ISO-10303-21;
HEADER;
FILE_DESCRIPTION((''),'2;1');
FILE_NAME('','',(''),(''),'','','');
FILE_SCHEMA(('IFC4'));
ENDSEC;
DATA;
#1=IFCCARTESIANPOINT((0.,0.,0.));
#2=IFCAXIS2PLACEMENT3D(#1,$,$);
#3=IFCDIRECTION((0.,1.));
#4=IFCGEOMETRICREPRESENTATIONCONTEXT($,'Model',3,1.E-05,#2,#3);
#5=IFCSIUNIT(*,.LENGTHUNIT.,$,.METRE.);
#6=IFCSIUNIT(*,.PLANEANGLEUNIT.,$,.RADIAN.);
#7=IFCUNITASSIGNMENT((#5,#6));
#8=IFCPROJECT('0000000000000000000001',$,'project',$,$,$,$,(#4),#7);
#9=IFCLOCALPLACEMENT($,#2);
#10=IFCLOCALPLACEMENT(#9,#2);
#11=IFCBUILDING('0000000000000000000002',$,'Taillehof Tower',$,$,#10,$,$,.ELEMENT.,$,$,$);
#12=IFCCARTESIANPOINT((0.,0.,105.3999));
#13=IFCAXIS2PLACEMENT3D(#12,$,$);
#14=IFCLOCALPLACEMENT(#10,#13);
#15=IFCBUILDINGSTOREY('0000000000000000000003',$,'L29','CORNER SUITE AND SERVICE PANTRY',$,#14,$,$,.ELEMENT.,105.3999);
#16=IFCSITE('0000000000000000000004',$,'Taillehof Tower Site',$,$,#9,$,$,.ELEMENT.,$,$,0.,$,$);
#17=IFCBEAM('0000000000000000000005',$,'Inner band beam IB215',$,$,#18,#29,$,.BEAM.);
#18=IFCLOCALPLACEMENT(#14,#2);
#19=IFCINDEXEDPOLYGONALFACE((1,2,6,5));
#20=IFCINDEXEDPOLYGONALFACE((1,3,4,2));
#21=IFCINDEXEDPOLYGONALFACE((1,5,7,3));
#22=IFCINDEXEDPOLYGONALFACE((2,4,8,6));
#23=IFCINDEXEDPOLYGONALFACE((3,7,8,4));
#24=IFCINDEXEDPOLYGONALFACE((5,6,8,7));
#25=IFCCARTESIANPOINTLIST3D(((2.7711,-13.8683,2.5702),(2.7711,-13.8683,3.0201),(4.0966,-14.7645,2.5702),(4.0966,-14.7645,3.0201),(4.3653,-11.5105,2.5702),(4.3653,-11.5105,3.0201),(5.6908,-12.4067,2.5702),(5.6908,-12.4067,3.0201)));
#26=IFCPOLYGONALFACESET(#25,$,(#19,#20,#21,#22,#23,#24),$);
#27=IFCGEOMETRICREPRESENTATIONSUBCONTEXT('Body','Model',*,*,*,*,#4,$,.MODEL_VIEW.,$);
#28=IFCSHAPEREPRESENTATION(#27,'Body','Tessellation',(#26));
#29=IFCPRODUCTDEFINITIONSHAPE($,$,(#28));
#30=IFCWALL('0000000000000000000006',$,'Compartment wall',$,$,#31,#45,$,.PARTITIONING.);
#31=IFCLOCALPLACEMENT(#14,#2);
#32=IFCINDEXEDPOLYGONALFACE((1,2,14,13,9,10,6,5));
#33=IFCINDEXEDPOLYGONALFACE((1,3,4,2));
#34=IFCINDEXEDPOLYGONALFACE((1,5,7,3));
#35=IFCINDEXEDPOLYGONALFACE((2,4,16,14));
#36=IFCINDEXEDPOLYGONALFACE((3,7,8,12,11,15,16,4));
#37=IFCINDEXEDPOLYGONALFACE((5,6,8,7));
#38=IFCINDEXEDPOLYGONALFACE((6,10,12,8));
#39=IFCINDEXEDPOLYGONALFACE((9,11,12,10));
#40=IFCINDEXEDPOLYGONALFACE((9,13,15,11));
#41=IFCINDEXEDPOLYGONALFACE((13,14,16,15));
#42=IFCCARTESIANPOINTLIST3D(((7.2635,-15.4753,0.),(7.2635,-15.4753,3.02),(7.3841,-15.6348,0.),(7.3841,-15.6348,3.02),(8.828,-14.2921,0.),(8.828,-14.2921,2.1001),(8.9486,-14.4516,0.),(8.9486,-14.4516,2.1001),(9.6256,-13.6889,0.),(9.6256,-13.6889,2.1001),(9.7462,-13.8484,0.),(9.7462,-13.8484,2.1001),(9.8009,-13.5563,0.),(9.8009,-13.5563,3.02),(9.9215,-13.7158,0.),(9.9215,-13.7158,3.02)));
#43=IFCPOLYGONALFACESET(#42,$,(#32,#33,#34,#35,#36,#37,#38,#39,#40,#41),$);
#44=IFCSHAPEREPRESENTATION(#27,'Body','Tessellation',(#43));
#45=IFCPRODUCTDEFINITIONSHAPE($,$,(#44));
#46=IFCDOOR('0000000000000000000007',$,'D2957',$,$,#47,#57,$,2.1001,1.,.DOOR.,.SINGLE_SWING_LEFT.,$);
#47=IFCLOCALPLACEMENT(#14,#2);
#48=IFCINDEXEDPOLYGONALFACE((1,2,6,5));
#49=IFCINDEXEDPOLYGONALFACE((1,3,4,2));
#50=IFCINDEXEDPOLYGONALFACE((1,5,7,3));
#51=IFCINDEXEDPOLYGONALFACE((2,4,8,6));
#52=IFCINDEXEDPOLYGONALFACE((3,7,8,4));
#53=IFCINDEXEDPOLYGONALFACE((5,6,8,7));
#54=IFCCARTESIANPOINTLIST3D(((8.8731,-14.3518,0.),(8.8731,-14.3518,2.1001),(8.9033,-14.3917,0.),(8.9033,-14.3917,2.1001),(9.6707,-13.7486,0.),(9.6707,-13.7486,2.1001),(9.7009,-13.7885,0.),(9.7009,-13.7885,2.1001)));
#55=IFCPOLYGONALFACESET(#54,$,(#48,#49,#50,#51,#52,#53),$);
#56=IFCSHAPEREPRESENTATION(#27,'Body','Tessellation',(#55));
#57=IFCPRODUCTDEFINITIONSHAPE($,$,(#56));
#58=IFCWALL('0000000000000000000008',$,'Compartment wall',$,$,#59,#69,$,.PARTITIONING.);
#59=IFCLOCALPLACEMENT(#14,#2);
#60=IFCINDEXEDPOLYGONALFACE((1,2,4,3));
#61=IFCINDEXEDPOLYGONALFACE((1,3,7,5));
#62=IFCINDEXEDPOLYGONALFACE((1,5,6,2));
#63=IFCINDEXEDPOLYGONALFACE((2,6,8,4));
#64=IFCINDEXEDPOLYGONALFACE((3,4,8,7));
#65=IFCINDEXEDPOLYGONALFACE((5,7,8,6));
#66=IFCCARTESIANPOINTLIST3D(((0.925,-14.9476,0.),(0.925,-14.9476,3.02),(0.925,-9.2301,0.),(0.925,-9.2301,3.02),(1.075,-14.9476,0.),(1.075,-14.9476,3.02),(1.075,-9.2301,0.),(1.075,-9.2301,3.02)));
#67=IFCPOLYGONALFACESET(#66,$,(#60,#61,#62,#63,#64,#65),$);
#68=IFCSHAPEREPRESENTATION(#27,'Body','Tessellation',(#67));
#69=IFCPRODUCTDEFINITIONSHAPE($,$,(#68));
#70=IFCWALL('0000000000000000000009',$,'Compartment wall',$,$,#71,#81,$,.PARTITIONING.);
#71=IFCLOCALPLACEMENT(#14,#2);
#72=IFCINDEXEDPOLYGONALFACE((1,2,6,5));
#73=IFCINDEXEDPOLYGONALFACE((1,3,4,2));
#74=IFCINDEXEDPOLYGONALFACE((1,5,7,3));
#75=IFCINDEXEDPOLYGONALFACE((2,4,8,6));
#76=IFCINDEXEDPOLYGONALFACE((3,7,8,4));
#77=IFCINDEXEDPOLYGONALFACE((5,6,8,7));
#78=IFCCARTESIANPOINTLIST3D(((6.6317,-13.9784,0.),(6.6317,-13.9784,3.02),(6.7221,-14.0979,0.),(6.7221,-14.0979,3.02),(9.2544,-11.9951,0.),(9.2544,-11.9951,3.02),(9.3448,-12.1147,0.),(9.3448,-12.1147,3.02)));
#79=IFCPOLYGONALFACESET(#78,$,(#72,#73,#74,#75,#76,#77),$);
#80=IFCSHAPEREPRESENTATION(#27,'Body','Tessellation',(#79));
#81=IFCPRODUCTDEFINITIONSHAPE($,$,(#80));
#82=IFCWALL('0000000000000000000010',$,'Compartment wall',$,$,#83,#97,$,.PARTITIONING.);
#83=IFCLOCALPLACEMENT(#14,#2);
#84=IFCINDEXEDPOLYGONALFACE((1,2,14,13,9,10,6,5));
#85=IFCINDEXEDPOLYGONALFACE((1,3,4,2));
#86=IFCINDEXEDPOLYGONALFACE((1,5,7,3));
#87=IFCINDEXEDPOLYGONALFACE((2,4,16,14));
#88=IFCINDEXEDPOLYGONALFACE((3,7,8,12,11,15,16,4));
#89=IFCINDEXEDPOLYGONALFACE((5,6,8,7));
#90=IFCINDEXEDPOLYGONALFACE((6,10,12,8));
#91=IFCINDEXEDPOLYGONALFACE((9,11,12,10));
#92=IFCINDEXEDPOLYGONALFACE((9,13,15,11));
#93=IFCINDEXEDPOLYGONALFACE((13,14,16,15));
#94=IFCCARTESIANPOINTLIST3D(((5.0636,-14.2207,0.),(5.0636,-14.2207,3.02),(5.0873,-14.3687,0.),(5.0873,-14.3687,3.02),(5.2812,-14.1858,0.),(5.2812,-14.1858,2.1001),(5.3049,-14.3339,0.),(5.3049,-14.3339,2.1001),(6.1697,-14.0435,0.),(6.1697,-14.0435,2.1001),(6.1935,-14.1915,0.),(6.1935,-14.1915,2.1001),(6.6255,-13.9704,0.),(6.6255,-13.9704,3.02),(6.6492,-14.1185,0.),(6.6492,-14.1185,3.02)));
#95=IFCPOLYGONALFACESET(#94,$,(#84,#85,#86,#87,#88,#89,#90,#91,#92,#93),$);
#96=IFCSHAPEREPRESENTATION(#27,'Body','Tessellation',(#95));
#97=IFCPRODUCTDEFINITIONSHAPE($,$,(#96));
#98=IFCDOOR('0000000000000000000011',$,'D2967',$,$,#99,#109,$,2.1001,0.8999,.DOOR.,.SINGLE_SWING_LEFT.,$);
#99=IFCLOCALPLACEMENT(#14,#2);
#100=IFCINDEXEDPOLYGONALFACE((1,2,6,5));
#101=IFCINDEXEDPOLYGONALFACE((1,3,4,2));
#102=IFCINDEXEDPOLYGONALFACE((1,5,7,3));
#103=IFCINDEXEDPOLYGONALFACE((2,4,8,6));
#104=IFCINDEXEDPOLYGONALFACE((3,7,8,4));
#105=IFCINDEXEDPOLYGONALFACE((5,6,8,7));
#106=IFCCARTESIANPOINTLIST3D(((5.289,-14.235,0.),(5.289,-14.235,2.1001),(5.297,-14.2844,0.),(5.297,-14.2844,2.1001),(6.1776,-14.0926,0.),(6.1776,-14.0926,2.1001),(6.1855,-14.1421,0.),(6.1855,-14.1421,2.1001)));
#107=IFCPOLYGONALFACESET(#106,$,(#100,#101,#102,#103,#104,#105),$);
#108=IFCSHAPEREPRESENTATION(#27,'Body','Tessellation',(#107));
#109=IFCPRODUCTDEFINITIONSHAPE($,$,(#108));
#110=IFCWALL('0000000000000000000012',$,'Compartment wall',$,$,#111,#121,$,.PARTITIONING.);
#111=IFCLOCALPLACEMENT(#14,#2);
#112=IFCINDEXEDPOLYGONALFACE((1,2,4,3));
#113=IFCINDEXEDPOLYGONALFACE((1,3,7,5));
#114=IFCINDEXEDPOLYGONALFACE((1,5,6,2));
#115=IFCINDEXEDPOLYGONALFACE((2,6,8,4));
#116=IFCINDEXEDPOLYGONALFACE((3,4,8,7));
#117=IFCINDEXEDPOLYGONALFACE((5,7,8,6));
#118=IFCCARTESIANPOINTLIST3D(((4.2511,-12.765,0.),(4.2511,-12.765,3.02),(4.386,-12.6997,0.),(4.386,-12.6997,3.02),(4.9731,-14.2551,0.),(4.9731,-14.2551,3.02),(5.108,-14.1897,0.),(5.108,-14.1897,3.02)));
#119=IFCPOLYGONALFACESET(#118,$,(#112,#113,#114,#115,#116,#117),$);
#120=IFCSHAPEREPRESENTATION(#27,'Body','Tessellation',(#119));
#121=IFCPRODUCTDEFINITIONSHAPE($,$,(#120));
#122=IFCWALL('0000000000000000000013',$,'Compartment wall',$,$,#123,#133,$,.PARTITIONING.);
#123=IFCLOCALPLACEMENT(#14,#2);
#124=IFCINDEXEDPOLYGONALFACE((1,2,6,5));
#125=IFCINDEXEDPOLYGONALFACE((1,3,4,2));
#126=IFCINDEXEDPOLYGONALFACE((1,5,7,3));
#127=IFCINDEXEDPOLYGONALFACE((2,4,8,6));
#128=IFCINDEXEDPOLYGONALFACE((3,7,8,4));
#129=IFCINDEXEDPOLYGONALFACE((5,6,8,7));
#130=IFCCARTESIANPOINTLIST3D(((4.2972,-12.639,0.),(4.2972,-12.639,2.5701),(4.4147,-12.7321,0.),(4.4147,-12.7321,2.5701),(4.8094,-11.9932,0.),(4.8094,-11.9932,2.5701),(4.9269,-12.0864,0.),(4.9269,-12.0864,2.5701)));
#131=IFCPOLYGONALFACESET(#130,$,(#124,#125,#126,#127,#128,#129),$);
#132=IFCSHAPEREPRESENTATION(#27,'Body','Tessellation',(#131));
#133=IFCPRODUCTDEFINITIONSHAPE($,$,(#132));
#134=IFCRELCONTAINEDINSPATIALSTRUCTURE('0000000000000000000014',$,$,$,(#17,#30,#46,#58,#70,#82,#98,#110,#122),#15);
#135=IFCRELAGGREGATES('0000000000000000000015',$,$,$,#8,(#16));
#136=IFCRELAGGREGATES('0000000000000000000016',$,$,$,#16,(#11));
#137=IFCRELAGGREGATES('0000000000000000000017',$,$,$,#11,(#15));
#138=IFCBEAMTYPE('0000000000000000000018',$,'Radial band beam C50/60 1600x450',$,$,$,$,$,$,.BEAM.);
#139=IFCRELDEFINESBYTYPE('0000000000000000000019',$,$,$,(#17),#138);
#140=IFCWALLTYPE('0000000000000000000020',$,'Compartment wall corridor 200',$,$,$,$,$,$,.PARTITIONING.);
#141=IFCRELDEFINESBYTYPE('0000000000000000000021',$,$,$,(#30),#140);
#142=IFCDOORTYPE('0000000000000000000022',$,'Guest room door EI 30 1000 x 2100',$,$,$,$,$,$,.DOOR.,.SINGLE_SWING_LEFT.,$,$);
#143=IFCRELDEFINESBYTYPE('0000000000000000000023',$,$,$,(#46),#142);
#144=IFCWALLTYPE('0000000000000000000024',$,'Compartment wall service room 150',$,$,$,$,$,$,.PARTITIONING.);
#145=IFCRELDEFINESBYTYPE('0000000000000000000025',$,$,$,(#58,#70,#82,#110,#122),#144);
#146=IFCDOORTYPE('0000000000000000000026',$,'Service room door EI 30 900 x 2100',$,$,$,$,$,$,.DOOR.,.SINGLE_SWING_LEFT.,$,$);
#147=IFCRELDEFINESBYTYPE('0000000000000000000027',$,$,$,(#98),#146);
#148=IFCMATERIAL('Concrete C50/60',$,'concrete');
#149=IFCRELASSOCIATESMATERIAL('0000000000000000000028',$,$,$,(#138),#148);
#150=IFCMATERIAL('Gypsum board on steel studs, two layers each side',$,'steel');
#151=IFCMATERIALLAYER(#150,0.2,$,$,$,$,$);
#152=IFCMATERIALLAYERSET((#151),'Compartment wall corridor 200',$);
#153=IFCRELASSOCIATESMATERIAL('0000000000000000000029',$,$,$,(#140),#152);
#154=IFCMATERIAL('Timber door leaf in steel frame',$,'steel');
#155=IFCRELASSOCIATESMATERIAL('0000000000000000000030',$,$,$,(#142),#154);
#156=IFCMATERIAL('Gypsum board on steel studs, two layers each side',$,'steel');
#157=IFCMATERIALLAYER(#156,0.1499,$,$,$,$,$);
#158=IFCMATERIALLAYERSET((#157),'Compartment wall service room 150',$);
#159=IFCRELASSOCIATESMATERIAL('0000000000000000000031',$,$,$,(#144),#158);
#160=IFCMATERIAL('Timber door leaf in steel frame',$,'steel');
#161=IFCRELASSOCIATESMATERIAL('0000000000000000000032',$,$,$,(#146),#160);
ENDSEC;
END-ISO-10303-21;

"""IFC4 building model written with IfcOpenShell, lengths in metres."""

from ifc_helpers import new_model, si_unit, direction, frame, frame_2d, origin, origin_2d, place, context, subcontext, project, spatial, rectangle, extrude, material, layer, layer_set, material_profile, profile_set, type_object, element, fill, save


model = new_model("IFC4")

# Units and contexts
model_context = context("Model", 3, precision=1e-05, world=origin(), true_north=direction((0.0, 1.0)))
body_context = subcontext(model_context, "Body", "Model", "MODEL_VIEW")
ifc_project = project(units=[si_unit("LENGTHUNIT", "METRE"), si_unit("PLANEANGLEUNIT", "RADIAN")], contexts=[model_context])

# Site, building, storey
site_placement = place(None, origin())
site = spatial("IfcSite", under=ifc_project, at=site_placement, Name="Taillehof Tower Site", CompositionType="ELEMENT", RefElevation=0.0)
building_placement = place(site_placement, origin())
building = spatial("IfcBuilding", under=site, at=building_placement, Name="Taillehof Tower", CompositionType="ELEMENT")
storey_placement = place(building_placement, frame((0.0, 0.0, 105.3999)))
storey = spatial("IfcBuildingStorey", under=building, at=storey_placement, Name="L29", Description="CORNER SUITE AND SERVICE PANTRY", CompositionType="ELEMENT", Elevation=105.3999)

# Beam
ifc_material_1 = material(Name="Concrete C50/60", Category="concrete")
ifc_material_profile = material_profile(ifc_material_1, rectangle(XDim=1.6001, YDim=0.45, at=origin_2d()), Name="RC 1600x450")
ifc_profile_set = profile_set([ifc_material_profile], Name="Concrete C50/60")
beam_type = type_object("IfcBeamType", Name="Radial band beam C50/60 1600x450", PredefinedType="BEAM", material=ifc_profile_set)
beam_placement = place(storey_placement, frame((3.4338, -14.3164, 2.7952), z_axis=(0.560112, 0.828417, 0.0), x_axis=(-0.828417, 0.560112, 0.0)))
element("IfcBeam", 1, at=beam_placement, inside=storey, type_object=beam_type, Name="Inner band beam IB215", PredefinedType="BEAM", context=body_context, shape_type="SweptSolid", body=[
    extrude(rectangle(XDim=1.6001, YDim=0.45, at=origin_2d()), origin(), (0.0, 0.0, 1.0), 2.8462),
])

# Wall, opening, door
ifc_material_2 = material(Name="Gypsum board on steel studs, two layers each side", Category="steel")
ifc_layer_1 = layer(ifc_material_2, 0.2)
ifc_layer_set_1 = layer_set([ifc_layer_1], Name="Compartment wall corridor 200")
wall_type_1 = type_object("IfcWallType", Name="Compartment wall corridor 200", PredefinedType="PARTITIONING", material=ifc_layer_set_1)
wall_1_placement = place(storey_placement, frame((9.8613, -13.636, 0.0), z_axis=(0.0, 0.0, 1.0), x_axis=(-0.79759, -0.6032, 0.0)))
wall_1 = element("IfcWall", 2, at=wall_1_placement, inside=storey, type_object=wall_type_1, Name="Compartment wall", PredefinedType="PARTITIONING", context=body_context, shape_type="SweptSolid", body=[
    extrude(rectangle(XDim=3.1814, YDim=0.2, at=frame_2d((1.5908, 0.0))), origin(), (0.0, 0.0, 1.0), 3.02),
])
opening_1_placement = place(wall_1_placement, frame((0.22, 0.0, 0.0)))
opening_1 = element("IfcOpeningElement", 3, at=opening_1_placement, cuts=wall_1, PredefinedType="OPENING", context=body_context, shape_type="SweptSolid", body=[
    extrude(rectangle(XDim=1.0, YDim=2.1001, at=frame_2d((0.5, 1.05))), frame((0.0, 0.1099, 0.0), z_axis=(0.0, -1.0, 0.0), x_axis=(1.0, 0.0, 0.0)), (0.0, 0.0, 1.0), 0.22),
])
ifc_material_3 = material(Name="Timber door leaf in steel frame", Category="steel")
door_type_1 = type_object("IfcDoorType", Name="Guest room door EI 30 1000 x 2100", OperationType="SINGLE_SWING_LEFT", PredefinedType="DOOR", material=ifc_material_3)
door_1_placement = place(opening_1_placement, origin())
door_1 = element("IfcDoor", 4, at=door_1_placement, inside=storey, type_object=door_type_1, Name="D2957", OperationType="SINGLE_SWING_LEFT", OverallHeight=2.1001, OverallWidth=1.0, PredefinedType="DOOR", context=body_context, shape_type="SweptSolid", body=[
    extrude(rectangle(XDim=1.0, YDim=2.1001, at=frame_2d((0.5, 1.05))), frame((0.0, 0.0249, 0.0), z_axis=(0.0, -1.0, 0.0), x_axis=(1.0, 0.0, 0.0)), (0.0, 0.0, 1.0), 0.05),
])
fill(opening_1, door_1)

# Walls
ifc_material_4 = material(Name="Gypsum board on steel studs, two layers each side", Category="steel")
ifc_layer_2 = layer(ifc_material_4, 0.1499)
ifc_layer_set_2 = layer_set([ifc_layer_2], Name="Compartment wall service room 150")
wall_type_2 = type_object("IfcWallType", Name="Compartment wall service room 150", PredefinedType="PARTITIONING", material=ifc_layer_set_2)
wall_2_placement = place(storey_placement, frame((1.0, -9.23, 0.0), z_axis=(0.0, 0.0, 1.0), x_axis=(0.0, -1.0, 0.0)))
element("IfcWall", 5, at=wall_2_placement, inside=storey, type_object=wall_type_2, Name="Compartment wall", PredefinedType="PARTITIONING", context=body_context, shape_type="SweptSolid", body=[
    extrude(rectangle(XDim=5.7175, YDim=0.1499, at=frame_2d((2.8589, 0.0))), origin(), (0.0, 0.0, 1.0), 3.02),
])
wall_3_placement = place(storey_placement, frame((9.2996, -12.0549, 0.0), z_axis=(0.0, 0.0, 1.0), x_axis=(-0.797624, -0.603156, 0.0)))
element("IfcWall", 6, at=wall_3_placement, inside=storey, type_object=wall_type_2, Name="Compartment wall", PredefinedType="PARTITIONING", context=body_context, shape_type="SweptSolid", body=[
    extrude(rectangle(XDim=3.2881, YDim=0.1499, at=frame_2d((1.644, 0.0))), origin(), (0.0, 0.0, 1.0), 3.02),
])

# Wall, opening, door
wall_4_placement = place(storey_placement, frame((6.6375, -14.0444, 0.0), z_axis=(0.0, 0.0, 1.0), x_axis=(-0.987405, -0.158213, 0.0)))
wall_4 = element("IfcWall", 7, at=wall_4_placement, inside=storey, type_object=wall_type_2, Name="Compartment wall", PredefinedType="PARTITIONING", context=body_context, shape_type="SweptSolid", body=[
    extrude(rectangle(XDim=1.5818, YDim=0.1499, at=frame_2d((0.791, 0.0))), origin(), (0.0, 0.0, 1.0), 3.02),
])
opening_2_placement = place(wall_4_placement, frame((0.4617, 0.0, 0.0)))
opening_2 = element("IfcOpeningElement", 8, at=opening_2_placement, cuts=wall_4, PredefinedType="OPENING", context=body_context, shape_type="SweptSolid", body=[
    extrude(rectangle(XDim=0.8999, YDim=2.1001, at=frame_2d((0.45, 1.05))), frame((0.0, 0.085, 0.0), z_axis=(0.0, -1.0, 0.0), x_axis=(1.0, 0.0, 0.0)), (0.0, 0.0, 1.0), 0.1699),
])
ifc_material_5 = material(Name="Timber door leaf in steel frame", Category="steel")
door_type_2 = type_object("IfcDoorType", Name="Service room door EI 30 900 x 2100", OperationType="SINGLE_SWING_LEFT", PredefinedType="DOOR", material=ifc_material_5)
door_2_placement = place(opening_2_placement, origin())
door_2 = element("IfcDoor", 9, at=door_2_placement, inside=storey, type_object=door_type_2, Name="D2967", OperationType="SINGLE_SWING_LEFT", OverallHeight=2.1001, OverallWidth=0.8999, PredefinedType="DOOR", context=body_context, shape_type="SweptSolid", body=[
    extrude(rectangle(XDim=0.8999, YDim=2.1001, at=frame_2d((0.45, 1.05))), frame((0.0, 0.0249, 0.0), z_axis=(0.0, -1.0, 0.0), x_axis=(1.0, 0.0, 0.0)), (0.0, 0.0, 1.0), 0.05),
])
fill(opening_2, door_2)

# Walls
wall_5_placement = place(storey_placement, frame((5.0405, -14.2224, 0.0), z_axis=(0.0, 0.0, 1.0), x_axis=(-0.436031, 0.899932, 0.0)))
element("IfcWall", 10, at=wall_5_placement, inside=storey, type_object=wall_type_2, Name="Compartment wall", PredefinedType="PARTITIONING", context=body_context, shape_type="SweptSolid", body=[
    extrude(rectangle(XDim=1.6558, YDim=0.1499, at=frame_2d((0.8279, 0.0))), origin(), (0.0, 0.0, 1.0), 3.02),
])
wall_6_placement = place(storey_placement, frame((4.356, -12.6855, 0.0), z_axis=(0.0, 0.0, 1.0), x_axis=(0.621439, 0.783463, 0.0)))
element("IfcWall", 11, at=wall_6_placement, inside=storey, type_object=wall_type_2, Name="Compartment wall", PredefinedType="PARTITIONING", context=body_context, shape_type="SweptSolid", body=[
    extrude(rectangle(XDim=0.8242, YDim=0.1499, at=frame_2d((0.4121, 0.0))), origin(), (0.0, 0.0, 1.0), 2.5701),
])

save(model, "model.ifc")
